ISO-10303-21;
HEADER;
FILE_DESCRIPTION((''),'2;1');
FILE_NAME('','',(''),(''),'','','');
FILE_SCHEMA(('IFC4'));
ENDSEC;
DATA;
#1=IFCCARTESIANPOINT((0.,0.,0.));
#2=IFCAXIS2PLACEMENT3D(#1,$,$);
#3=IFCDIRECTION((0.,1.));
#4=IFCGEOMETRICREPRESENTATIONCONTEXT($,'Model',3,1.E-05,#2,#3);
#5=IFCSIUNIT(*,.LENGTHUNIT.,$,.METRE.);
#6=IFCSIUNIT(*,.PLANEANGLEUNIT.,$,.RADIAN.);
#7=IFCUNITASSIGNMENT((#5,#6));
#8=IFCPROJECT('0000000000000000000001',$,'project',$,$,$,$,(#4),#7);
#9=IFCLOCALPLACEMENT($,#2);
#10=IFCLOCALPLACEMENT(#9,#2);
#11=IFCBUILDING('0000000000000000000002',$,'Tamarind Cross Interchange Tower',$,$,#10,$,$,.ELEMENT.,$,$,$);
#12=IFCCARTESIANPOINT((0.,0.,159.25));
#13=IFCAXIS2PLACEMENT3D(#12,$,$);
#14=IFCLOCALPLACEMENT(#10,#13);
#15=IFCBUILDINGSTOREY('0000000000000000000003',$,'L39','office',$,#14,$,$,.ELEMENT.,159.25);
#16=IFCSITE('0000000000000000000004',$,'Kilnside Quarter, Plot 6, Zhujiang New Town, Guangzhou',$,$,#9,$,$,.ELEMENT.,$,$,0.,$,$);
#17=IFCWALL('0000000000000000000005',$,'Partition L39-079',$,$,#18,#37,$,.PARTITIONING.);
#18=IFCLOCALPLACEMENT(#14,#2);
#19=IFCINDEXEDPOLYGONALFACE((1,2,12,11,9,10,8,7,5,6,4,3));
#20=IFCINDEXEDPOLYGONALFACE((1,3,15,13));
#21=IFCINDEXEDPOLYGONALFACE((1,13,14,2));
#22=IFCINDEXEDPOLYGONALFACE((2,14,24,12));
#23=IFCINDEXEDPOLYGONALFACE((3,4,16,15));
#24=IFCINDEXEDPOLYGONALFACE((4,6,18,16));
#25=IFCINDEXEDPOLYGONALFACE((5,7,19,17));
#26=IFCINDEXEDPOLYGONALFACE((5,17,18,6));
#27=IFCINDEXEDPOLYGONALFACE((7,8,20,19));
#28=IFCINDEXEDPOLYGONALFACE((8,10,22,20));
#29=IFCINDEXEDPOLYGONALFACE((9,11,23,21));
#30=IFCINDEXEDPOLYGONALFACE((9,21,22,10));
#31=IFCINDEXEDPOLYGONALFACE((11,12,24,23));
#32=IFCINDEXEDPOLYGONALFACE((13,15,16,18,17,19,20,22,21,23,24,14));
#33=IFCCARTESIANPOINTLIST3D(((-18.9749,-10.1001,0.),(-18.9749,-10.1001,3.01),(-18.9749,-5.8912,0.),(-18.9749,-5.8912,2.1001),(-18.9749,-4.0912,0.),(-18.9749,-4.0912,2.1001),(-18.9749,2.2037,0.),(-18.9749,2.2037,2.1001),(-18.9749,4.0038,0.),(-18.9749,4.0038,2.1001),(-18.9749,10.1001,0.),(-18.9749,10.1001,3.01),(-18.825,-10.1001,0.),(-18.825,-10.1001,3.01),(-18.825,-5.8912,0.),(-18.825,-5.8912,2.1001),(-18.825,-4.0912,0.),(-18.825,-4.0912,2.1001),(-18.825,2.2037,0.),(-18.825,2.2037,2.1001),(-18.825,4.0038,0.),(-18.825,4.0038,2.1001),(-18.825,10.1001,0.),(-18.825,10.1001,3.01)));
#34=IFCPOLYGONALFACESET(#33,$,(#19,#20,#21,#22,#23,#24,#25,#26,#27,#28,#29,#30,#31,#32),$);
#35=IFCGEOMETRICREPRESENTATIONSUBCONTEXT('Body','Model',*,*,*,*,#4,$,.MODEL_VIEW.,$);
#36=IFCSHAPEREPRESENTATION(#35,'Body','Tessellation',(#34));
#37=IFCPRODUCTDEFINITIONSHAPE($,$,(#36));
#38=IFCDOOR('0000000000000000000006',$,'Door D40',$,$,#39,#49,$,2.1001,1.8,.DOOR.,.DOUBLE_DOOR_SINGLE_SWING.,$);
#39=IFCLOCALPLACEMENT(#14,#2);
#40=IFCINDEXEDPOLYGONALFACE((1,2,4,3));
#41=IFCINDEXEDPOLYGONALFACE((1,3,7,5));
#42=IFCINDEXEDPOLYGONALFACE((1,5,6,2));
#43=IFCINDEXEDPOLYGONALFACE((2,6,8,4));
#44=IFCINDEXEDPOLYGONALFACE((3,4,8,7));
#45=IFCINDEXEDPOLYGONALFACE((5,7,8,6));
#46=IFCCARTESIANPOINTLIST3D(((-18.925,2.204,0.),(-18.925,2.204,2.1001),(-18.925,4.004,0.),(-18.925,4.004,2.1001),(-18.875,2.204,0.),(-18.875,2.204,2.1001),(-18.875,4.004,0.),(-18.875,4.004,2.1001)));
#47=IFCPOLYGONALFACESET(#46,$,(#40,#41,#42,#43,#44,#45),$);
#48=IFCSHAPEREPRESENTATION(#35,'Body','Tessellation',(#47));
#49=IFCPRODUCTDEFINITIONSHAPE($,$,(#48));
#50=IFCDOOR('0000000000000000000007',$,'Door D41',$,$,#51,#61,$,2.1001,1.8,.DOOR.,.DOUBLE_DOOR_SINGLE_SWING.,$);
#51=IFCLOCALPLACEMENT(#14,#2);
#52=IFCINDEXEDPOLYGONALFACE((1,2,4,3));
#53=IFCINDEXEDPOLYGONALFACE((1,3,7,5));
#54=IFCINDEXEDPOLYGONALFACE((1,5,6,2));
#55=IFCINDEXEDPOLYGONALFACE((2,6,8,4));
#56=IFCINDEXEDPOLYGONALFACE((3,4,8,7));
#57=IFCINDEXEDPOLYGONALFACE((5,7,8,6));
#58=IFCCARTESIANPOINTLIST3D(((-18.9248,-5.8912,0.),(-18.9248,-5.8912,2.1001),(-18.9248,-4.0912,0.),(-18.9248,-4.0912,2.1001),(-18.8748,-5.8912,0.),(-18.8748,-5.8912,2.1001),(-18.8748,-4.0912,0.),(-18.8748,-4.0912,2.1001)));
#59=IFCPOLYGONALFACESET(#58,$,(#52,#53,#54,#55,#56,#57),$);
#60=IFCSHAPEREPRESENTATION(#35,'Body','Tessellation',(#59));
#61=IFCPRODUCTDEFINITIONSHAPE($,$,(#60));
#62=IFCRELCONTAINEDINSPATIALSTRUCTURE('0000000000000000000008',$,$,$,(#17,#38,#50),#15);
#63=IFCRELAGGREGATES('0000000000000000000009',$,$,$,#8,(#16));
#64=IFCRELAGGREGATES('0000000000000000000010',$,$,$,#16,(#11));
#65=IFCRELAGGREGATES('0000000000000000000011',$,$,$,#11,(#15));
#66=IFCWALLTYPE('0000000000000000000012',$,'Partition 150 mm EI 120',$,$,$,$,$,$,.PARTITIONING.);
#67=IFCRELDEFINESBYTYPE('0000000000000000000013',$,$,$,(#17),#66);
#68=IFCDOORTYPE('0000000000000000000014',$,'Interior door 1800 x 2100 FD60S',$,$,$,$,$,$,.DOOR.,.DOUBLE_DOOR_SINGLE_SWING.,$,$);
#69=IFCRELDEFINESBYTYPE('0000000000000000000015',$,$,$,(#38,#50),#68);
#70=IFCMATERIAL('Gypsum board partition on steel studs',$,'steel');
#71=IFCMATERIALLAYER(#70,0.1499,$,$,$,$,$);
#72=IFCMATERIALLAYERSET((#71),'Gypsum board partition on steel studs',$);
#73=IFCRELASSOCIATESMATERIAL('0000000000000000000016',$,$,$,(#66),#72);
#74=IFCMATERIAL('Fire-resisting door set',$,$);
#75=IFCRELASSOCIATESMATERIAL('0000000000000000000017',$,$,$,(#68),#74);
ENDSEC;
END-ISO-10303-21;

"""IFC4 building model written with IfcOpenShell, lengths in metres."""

from ifc_helpers import new_model, si_unit, direction, frame, frame_2d, origin, place, context, subcontext, project, spatial, rectangle, extrude, material, layer, layer_set, type_object, element, fill, save


model = new_model("IFC4")

# Units and contexts
model_context = context("Model", 3, precision=1e-05, world=origin(), true_north=direction((0.0, 1.0)))
body_context = subcontext(model_context, "Body", "Model", "MODEL_VIEW")
ifc_project = project(units=[si_unit("LENGTHUNIT", "METRE"), si_unit("PLANEANGLEUNIT", "RADIAN")], contexts=[model_context])

# Site, building, storey
site_placement = place(None, origin())
site = spatial("IfcSite", under=ifc_project, at=site_placement, Name="Kilnside Quarter, Plot 6, Zhujiang New Town, Guangzhou", CompositionType="ELEMENT", RefElevation=0.0)
building_placement = place(site_placement, origin())
building = spatial("IfcBuilding", under=site, at=building_placement, Name="Tamarind Cross Interchange Tower", CompositionType="ELEMENT")
storey_placement = place(building_placement, frame((0.0, 0.0, 159.25)))
storey = spatial("IfcBuildingStorey", under=building, at=storey_placement, Name="L39", Description="office", CompositionType="ELEMENT", Elevation=159.25)

# Shared definitions
ifc_material_1 = material(Name="Gypsum board partition on steel studs", Category="steel")

# Shared definitions
ifc_layer_1 = layer(ifc_material_1, 0.1499)
ifc_layer_set_1 = layer_set([ifc_layer_1], Name="Gypsum board partition on steel studs")
wall_type_1 = type_object("IfcWallType", Name="Partition 150 mm EI 120", PredefinedType="PARTITIONING", material=ifc_layer_set_1)
ifc_material_2 = material(Name="Fire-resisting door set")

# Shared definitions
door_type_1 = type_object("IfcDoorType", Name="Interior door 1800 x 2100 FD60S", OperationType="DOUBLE_DOOR_SINGLE_SWING", PredefinedType="DOOR", material=ifc_material_2)

# Wall, openings, doors
wall_1_placement = place(storey_placement, frame((-18.8999, -10.1001, 0.0), z_axis=(0.0, 0.0, 1.0), x_axis=(0.0, 1.0, 0.0)))
wall_1 = element("IfcWall", 1, at=wall_1_placement, inside=storey, type_object=wall_type_1, Name="Partition L39-079", PredefinedType="PARTITIONING", context=body_context, shape_type="SweptSolid", body=[
    extrude(rectangle(XDim=20.2002, YDim=0.1499, at=frame_2d((10.1001, 0.0))), origin(), (0.0, 0.0, 1.0), 3.01),
])
opening_1_placement = place(wall_1_placement, frame((12.304, 0.0, 0.0)))
opening_1 = element("IfcOpeningElement", 2, at=opening_1_placement, cuts=wall_1, PredefinedType="OPENING", context=body_context, shape_type="SweptSolid", body=[
    extrude(rectangle(XDim=1.8, YDim=2.1001, at=frame_2d((0.8999, 1.05))), frame((0.0, 0.085, 0.0), z_axis=(0.0, -1.0, 0.0), x_axis=(1.0, 0.0, 0.0)), (0.0, 0.0, 1.0), 0.1699),
])
opening_2_placement = place(wall_1_placement, frame((4.209, 0.0, 0.0)))
opening_2 = element("IfcOpeningElement", 3, at=opening_2_placement, cuts=wall_1, PredefinedType="OPENING", context=body_context, shape_type="SweptSolid", body=[
    extrude(rectangle(XDim=1.8, YDim=2.1001, at=frame_2d((0.8999, 1.05))), frame((0.0, 0.085, 0.0), z_axis=(0.0, -1.0, 0.0), x_axis=(1.0, 0.0, 0.0)), (0.0, 0.0, 1.0), 0.1699),
])
door_1_placement = place(opening_1_placement, frame((1.8, 0.0, 0.0), z_axis=(0.0, 0.0, 1.0), x_axis=(-1.0, 0.0, 0.0)))
door_1 = element("IfcDoor", 4, at=door_1_placement, inside=storey, type_object=door_type_1, Name="Door D40", OperationType="DOUBLE_DOOR_SINGLE_SWING", OverallHeight=2.1001, OverallWidth=1.8, PredefinedType="DOOR", context=body_context, shape_type="SweptSolid", body=[
    extrude(rectangle(XDim=1.8, YDim=2.1001, at=frame_2d((0.8999, 1.05))), frame((0.0, 0.0249, 0.0), z_axis=(0.0, -1.0, 0.0), x_axis=(1.0, 0.0, 0.0)), (0.0, 0.0, 1.0), 0.05),
])
fill(opening_1, door_1)
door_2_placement = place(opening_2_placement, origin())
door_2 = element("IfcDoor", 5, at=door_2_placement, inside=storey, type_object=door_type_1, Name="Door D41", OperationType="DOUBLE_DOOR_SINGLE_SWING", OverallHeight=2.1001, OverallWidth=1.8, PredefinedType="DOOR", context=body_context, shape_type="SweptSolid", body=[
    extrude(rectangle(XDim=1.8, YDim=2.1001, at=frame_2d((0.8999, 1.05))), frame((0.0, 0.0249, 0.0), z_axis=(0.0, -1.0, 0.0), x_axis=(1.0, 0.0, 0.0)), (0.0, 0.0, 1.0), 0.05),
])
fill(opening_2, door_2)

save(model, "model.ifc")
